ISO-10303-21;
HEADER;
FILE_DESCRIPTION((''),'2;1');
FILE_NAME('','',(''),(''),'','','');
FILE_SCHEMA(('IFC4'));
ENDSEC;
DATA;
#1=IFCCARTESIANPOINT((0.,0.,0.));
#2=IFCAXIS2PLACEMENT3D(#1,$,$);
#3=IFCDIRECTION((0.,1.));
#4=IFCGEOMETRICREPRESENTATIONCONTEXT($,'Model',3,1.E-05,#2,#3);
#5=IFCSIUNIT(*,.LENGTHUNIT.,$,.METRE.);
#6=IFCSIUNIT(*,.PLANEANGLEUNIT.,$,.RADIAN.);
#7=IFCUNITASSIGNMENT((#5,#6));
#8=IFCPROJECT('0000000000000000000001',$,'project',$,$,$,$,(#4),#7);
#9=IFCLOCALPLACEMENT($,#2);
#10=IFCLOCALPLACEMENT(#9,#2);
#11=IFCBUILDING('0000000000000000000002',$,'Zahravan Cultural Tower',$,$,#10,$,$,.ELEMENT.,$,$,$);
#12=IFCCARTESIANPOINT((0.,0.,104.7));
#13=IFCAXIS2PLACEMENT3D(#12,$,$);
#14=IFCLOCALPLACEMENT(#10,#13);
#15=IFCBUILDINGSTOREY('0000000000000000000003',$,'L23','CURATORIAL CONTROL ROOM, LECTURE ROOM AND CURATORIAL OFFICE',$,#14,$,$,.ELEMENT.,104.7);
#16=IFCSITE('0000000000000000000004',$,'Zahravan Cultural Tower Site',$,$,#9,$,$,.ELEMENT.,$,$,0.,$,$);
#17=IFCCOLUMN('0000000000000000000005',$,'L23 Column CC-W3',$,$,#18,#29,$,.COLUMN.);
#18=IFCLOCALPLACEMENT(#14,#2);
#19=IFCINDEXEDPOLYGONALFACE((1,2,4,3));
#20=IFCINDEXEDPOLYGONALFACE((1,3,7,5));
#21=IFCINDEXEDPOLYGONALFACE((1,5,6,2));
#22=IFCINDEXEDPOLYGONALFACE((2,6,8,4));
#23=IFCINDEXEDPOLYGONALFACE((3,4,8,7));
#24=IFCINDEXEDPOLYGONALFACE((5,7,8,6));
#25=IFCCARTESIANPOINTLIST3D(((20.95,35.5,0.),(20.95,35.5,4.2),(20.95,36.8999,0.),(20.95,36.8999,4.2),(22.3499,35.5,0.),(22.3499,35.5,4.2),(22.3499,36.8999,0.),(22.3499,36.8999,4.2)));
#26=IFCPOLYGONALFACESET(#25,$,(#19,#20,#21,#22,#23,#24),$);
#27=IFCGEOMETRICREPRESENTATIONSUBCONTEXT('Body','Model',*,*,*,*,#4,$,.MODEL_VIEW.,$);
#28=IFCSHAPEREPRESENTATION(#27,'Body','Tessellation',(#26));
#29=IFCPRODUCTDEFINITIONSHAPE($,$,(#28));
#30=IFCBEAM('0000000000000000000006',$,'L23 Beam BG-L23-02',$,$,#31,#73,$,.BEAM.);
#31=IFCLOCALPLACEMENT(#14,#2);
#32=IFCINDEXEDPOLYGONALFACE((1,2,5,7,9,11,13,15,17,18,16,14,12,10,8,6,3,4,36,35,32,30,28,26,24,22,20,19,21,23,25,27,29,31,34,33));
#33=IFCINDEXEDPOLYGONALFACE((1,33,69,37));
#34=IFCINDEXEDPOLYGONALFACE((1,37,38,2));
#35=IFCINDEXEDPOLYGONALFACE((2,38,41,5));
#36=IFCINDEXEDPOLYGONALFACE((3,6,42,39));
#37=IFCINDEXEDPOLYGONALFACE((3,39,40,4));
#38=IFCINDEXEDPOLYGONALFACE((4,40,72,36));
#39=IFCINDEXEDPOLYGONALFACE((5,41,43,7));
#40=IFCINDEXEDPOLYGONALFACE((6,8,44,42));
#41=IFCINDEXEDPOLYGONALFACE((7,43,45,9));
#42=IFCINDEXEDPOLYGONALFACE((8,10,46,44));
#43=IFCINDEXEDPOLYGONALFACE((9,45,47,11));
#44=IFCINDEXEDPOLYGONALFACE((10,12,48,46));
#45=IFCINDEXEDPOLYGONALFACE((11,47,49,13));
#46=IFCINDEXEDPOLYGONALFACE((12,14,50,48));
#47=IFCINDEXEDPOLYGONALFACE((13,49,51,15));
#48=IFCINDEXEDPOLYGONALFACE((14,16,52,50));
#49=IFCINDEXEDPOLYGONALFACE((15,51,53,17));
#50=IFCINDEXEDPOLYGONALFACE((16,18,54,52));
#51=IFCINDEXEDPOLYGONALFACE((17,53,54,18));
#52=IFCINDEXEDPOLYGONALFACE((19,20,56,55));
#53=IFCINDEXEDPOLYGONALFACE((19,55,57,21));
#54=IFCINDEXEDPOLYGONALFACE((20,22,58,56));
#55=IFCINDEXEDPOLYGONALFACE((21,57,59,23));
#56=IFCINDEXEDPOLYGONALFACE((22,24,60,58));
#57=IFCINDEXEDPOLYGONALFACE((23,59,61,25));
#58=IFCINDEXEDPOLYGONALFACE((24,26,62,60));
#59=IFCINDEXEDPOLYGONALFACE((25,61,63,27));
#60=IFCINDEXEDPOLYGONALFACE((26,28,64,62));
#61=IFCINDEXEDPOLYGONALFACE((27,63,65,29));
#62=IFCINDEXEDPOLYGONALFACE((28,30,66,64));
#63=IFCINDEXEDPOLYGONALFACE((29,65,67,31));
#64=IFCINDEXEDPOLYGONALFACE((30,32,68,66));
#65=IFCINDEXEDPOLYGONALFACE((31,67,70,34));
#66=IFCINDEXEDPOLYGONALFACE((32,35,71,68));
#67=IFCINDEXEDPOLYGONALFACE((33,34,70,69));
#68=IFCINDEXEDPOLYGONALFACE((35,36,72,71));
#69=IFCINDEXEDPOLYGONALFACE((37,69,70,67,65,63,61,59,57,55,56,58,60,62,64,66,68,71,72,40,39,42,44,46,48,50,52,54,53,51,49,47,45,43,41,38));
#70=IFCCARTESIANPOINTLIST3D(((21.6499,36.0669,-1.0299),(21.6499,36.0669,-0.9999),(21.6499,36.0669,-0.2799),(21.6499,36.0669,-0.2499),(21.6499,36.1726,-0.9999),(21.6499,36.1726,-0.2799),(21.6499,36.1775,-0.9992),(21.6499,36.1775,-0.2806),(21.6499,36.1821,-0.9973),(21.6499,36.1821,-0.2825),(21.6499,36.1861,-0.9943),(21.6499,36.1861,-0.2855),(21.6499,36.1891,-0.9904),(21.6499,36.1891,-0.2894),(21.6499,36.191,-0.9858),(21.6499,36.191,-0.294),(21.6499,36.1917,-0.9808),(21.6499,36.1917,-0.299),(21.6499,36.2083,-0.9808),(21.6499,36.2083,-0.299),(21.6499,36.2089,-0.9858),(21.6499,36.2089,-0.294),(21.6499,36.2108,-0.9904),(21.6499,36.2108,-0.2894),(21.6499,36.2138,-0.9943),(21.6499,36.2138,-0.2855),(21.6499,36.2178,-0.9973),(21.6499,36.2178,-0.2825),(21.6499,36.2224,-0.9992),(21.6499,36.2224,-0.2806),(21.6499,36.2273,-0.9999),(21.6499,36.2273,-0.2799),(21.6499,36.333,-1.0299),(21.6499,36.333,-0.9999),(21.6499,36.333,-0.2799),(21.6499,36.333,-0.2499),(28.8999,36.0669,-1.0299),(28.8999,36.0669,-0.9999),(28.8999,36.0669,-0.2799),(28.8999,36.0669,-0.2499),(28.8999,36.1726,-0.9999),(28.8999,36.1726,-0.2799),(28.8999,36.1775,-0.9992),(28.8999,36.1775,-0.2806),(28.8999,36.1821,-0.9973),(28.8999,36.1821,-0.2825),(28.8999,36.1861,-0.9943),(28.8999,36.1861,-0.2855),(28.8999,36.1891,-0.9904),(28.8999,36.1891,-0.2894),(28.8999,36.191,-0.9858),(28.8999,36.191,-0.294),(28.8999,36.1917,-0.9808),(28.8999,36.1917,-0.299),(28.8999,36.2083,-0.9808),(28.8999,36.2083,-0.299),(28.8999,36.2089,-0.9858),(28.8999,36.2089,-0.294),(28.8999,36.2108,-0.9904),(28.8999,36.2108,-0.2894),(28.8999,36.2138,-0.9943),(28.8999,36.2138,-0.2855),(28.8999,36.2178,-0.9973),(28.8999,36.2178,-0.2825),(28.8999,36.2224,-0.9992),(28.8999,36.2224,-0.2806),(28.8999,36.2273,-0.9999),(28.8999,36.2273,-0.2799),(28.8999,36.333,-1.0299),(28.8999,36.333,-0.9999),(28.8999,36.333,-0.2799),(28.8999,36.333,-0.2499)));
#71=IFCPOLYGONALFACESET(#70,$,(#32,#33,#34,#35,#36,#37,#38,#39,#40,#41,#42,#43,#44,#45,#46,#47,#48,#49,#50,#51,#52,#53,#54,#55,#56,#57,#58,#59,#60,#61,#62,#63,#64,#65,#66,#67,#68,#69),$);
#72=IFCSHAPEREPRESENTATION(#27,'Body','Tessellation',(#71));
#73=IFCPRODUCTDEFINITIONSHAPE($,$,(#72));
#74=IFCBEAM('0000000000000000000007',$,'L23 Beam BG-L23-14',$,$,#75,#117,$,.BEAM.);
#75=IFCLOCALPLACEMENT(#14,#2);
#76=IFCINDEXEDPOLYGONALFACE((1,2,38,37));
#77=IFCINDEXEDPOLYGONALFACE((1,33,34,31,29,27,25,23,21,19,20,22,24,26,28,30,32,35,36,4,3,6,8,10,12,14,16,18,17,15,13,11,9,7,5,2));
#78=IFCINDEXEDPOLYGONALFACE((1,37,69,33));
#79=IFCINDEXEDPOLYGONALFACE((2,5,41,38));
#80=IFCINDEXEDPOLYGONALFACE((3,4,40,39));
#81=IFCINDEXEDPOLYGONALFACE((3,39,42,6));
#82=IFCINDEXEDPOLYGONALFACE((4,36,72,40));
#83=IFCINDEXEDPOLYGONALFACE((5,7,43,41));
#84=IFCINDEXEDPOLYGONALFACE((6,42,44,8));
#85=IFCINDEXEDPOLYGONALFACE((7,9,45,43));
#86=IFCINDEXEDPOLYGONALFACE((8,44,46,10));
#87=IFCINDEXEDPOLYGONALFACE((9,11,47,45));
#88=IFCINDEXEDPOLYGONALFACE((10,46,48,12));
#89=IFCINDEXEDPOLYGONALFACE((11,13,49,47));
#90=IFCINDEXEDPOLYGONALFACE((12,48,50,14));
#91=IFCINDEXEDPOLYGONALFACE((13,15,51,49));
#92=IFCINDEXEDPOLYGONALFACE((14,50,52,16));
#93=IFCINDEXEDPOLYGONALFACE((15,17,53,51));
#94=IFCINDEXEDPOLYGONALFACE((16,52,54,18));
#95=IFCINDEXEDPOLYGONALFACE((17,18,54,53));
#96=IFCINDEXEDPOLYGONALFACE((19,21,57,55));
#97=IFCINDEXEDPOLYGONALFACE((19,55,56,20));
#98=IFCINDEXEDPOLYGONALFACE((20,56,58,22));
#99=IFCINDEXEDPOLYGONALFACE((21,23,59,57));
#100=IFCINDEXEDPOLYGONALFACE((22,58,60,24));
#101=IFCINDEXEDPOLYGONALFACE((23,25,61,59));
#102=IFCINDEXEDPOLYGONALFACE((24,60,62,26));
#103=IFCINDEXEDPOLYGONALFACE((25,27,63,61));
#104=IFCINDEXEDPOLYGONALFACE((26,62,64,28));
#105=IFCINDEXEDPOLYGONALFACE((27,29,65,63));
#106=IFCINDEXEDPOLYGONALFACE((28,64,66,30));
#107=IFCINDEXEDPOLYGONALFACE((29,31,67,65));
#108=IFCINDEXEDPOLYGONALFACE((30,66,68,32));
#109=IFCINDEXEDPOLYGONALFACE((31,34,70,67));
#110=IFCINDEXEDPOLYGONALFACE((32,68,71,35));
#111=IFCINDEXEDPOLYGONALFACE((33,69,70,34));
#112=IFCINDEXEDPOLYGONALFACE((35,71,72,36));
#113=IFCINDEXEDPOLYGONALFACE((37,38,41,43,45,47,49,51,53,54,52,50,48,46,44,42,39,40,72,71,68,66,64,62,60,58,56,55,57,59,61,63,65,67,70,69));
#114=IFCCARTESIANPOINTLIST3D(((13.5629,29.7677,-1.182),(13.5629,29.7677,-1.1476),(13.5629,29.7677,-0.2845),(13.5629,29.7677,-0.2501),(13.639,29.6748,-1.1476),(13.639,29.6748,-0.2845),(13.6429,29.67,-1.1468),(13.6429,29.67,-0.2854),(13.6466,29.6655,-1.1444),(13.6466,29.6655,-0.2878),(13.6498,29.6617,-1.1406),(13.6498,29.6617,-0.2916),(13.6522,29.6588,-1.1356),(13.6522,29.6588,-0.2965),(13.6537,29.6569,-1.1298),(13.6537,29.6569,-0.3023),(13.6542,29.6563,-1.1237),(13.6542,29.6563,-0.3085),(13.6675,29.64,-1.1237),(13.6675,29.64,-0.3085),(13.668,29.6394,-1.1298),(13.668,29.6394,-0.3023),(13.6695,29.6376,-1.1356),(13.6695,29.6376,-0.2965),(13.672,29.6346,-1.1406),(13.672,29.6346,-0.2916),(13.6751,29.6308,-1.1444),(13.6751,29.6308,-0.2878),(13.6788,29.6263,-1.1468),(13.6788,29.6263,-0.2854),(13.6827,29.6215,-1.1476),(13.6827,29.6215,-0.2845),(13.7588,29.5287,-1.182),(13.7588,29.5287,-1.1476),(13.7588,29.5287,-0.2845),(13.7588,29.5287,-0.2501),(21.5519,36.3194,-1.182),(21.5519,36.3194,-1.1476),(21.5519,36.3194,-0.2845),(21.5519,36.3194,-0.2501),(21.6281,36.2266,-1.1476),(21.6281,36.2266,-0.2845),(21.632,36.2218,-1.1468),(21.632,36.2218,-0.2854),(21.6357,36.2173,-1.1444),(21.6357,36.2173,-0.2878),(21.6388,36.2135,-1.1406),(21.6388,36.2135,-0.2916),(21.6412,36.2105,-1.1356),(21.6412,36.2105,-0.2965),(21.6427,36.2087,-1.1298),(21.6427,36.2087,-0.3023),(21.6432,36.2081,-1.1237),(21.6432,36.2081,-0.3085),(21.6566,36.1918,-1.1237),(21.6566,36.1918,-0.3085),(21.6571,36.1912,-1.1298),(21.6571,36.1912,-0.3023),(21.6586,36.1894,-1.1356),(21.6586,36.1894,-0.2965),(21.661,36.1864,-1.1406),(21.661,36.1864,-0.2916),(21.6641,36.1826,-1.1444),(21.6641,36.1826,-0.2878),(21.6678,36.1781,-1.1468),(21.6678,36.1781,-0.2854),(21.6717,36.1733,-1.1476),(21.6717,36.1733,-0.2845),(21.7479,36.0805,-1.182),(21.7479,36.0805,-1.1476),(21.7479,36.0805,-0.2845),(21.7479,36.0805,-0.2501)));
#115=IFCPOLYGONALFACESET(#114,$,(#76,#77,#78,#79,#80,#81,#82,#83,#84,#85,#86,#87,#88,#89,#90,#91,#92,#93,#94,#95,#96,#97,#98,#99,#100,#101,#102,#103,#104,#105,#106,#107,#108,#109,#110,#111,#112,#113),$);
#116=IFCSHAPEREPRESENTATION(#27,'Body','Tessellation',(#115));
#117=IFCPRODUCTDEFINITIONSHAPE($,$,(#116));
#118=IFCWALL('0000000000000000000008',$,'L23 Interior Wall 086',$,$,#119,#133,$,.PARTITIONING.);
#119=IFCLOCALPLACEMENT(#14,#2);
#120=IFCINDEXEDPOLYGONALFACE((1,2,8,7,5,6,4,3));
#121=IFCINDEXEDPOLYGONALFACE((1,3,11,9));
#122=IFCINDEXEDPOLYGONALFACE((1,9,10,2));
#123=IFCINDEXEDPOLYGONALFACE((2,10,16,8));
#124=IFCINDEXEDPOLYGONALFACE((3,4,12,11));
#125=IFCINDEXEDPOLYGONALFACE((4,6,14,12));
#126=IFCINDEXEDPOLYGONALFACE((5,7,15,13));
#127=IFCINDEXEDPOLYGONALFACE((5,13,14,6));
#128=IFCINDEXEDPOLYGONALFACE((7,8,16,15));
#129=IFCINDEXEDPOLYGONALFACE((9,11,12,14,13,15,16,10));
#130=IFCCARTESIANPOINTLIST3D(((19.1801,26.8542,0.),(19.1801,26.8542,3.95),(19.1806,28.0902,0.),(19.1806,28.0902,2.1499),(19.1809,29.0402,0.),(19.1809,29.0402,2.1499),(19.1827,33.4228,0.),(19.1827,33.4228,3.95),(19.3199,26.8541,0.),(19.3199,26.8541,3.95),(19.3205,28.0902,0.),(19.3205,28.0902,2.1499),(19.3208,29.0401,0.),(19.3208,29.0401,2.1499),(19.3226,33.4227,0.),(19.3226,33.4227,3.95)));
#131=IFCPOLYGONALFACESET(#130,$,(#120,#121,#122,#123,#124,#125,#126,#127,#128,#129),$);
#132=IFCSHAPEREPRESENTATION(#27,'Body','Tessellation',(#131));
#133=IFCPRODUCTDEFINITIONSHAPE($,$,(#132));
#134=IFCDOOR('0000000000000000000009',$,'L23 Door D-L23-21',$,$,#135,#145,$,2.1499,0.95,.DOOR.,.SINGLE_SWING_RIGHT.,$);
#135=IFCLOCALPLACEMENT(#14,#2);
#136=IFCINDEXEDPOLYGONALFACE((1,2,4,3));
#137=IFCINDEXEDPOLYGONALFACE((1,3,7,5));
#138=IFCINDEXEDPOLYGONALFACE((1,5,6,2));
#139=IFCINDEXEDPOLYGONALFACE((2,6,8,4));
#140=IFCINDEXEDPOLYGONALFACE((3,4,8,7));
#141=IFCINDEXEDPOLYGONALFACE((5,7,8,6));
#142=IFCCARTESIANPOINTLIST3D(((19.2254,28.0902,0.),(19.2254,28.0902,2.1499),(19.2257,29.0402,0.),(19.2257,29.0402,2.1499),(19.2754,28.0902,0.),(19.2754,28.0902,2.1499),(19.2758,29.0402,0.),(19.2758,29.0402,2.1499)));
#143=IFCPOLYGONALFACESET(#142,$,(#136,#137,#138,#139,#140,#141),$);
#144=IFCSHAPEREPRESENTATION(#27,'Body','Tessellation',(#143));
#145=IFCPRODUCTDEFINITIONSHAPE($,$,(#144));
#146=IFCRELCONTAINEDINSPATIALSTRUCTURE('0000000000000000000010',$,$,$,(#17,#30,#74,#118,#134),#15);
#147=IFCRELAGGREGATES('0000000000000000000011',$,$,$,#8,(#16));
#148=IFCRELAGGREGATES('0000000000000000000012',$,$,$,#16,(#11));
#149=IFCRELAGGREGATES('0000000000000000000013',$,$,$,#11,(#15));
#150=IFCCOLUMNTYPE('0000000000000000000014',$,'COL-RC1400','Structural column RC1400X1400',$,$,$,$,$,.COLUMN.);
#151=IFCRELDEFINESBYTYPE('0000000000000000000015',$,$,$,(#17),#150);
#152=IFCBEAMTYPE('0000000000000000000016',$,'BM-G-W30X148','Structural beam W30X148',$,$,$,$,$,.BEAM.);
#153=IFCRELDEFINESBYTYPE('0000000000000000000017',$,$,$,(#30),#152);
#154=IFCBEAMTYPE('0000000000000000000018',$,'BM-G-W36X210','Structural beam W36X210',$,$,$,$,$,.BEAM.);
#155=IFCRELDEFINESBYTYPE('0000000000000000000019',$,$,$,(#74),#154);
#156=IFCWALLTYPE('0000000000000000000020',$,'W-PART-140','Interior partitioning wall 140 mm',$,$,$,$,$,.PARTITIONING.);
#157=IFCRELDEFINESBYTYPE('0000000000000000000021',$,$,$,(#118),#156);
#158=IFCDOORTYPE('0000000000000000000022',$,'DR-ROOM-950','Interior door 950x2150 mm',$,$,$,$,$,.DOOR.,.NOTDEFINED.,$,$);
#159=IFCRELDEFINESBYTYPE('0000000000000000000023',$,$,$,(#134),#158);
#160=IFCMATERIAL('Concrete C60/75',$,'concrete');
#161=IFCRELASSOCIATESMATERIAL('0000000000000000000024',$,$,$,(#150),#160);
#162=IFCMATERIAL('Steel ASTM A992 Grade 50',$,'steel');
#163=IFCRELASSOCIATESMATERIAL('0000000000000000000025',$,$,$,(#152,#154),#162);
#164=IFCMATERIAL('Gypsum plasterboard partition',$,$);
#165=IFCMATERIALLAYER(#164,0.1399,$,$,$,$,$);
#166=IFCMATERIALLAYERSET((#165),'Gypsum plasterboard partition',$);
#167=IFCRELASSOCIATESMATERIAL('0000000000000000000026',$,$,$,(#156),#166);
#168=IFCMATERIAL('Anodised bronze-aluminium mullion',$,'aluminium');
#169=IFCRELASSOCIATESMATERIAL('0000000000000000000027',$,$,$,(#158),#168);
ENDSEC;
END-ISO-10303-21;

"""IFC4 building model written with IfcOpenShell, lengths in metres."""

from ifc_helpers import new_model, si_unit, direction, frame, frame_2d, origin, origin_2d, place, context, subcontext, project, spatial, rectangle, i_section, extrude, source, transform, mapped, material, layer, layer_set, material_profile, profile_set, type_object, element, fill, save


model = new_model("IFC4")

# Units and contexts
model_context = context("Model", 3, precision=1e-05, world=origin(), true_north=direction((0.0, 1.0)))
body_context = subcontext(model_context, "Body", "Model", "MODEL_VIEW")
ifc_project = project(units=[si_unit("LENGTHUNIT", "METRE"), si_unit("PLANEANGLEUNIT", "RADIAN")], contexts=[model_context])

# Site, building, storey
site_placement = place(None, origin())
site = spatial("IfcSite", under=ifc_project, at=site_placement, Name="Zahravan Cultural Tower Site", CompositionType="ELEMENT", RefElevation=0.0)
building_placement = place(site_placement, origin())
building = spatial("IfcBuilding", under=site, at=building_placement, Name="Zahravan Cultural Tower", CompositionType="ELEMENT")
storey_placement = place(building_placement, frame((0.0, 0.0, 104.7)))
storey = spatial("IfcBuildingStorey", under=building, at=storey_placement, Name="L23", Description="CURATORIAL CONTROL ROOM, LECTURE ROOM AND CURATORIAL OFFICE", CompositionType="ELEMENT", Elevation=104.7)

# Column
ifc_material_1 = material(Name="Concrete C60/75", Category="concrete")
ifc_material_profile_1 = material_profile(ifc_material_1, rectangle(XDim=1.3999, YDim=1.3999, at=origin_2d()), Name="RC1400X1400")
ifc_profile_set_1 = profile_set([ifc_material_profile_1], Name="Concrete C60/75")
column_type = type_object("IfcColumnType", Name="COL-RC1400", Description="Structural column RC1400X1400", PredefinedType="COLUMN", material=ifc_profile_set_1)
shared_shape_1 = source(origin(), body_context, "Body", "SweptSolid", [
    extrude(rectangle(XDim=1.3999, YDim=1.3999, at=origin_2d()), origin(), (0.0, 0.0, 1.0), 4.2),
])
column_placement = place(storey_placement, frame((21.6499, 36.2, 0.0), z_axis=(0.0, 0.0, 1.0), x_axis=(1.0, 0.0, 0.0)))
element("IfcColumn", 1, at=column_placement, inside=storey, type_object=column_type, Name="L23 Column CC-W3", PredefinedType="COLUMN", context=body_context, shape_type="MappedRepresentation", body=[
    mapped(shared_shape_1, transform((0.0, 0.0, 0.0), x_axis=(1.0, 0.0, 0.0), y_axis=(0.0, 1.0, 0.0), z_axis=(0.0, 0.0, 1.0), scale=1.0)),
])

# Beams
ifc_material_2 = material(Name="Steel ASTM A992 Grade 50", Category="steel")
ifc_material_profile_2 = material_profile(ifc_material_2, i_section(OverallWidth=0.2661, OverallDepth=0.78, WebThickness=0.0166, FlangeThickness=0.03, FilletRadius=0.019, at=origin_2d()), Name="W30X148")
ifc_profile_set_2 = profile_set([ifc_material_profile_2], Name="Steel ASTM A992 Grade 50")
beam_type_1 = type_object("IfcBeamType", Name="BM-G-W30X148", Description="Structural beam W30X148", PredefinedType="BEAM", material=ifc_profile_set_2)
shared_shape_2 = source(origin(), body_context, "Body", "SweptSolid", [
    extrude(i_section(OverallWidth=0.2661, OverallDepth=0.78, WebThickness=0.0166, FlangeThickness=0.03, FilletRadius=0.019, at=origin_2d()), origin(), (0.0, 0.0, 1.0), 7.25),
])
beam_1_placement = place(storey_placement, frame((21.6499, 36.2, -0.6399), z_axis=(1.0, 0.0, 0.0), x_axis=(0.0, 1.0, 0.0)))
element("IfcBeam", 2, at=beam_1_placement, inside=storey, type_object=beam_type_1, Name="L23 Beam BG-L23-02", PredefinedType="BEAM", context=body_context, shape_type="MappedRepresentation", body=[
    mapped(shared_shape_2, transform((0.0, 0.0, 0.0), x_axis=(1.0, 0.0, 0.0), y_axis=(0.0, 1.0, 0.0), z_axis=(0.0, 0.0, 1.0), scale=1.0)),
])
ifc_material_profile_3 = material_profile(ifc_material_2, i_section(OverallWidth=0.3091, OverallDepth=0.9319, WebThickness=0.021, FlangeThickness=0.0344, FilletRadius=0.0239, at=origin_2d()), Name="W36X210")
ifc_profile_set_3 = profile_set([ifc_material_profile_3], Name="Steel ASTM A992 Grade 50")
beam_type_2 = type_object("IfcBeamType", Name="BM-G-W36X210", Description="Structural beam W36X210", PredefinedType="BEAM", material=ifc_profile_set_3)
shared_shape_3 = source(origin(), body_context, "Body", "SweptSolid", [
    extrude(i_section(OverallWidth=0.3091, OverallDepth=0.9319, WebThickness=0.021, FlangeThickness=0.0344, FilletRadius=0.0239, at=origin_2d()), origin(), (0.0, 0.0, 1.0), 10.332),
])
beam_2_placement = place(storey_placement, frame((21.6499, 36.2, -0.7161), z_axis=(-0.773231, -0.634124, 0.0), x_axis=(0.634124, -0.773231, 0.0)))
element("IfcBeam", 3, at=beam_2_placement, inside=storey, type_object=beam_type_2, Name="L23 Beam BG-L23-14", PredefinedType="BEAM", context=body_context, shape_type="MappedRepresentation", body=[
    mapped(shared_shape_3, transform((0.0, 0.0, 0.0), x_axis=(1.0, 0.0, 0.0), y_axis=(0.0, 1.0, 0.0), z_axis=(0.0, 0.0, 1.0), scale=1.0)),
])

# Wall, opening, door
ifc_material_3 = material(Name="Gypsum plasterboard partition")
ifc_layer_1 = layer(ifc_material_3, 0.1399)
ifc_layer_set_1 = layer_set([ifc_layer_1], Name="Gypsum plasterboard partition")
wall_type_1 = type_object("IfcWallType", Name="W-PART-140", Description="Interior partitioning wall 140 mm", PredefinedType="PARTITIONING", material=ifc_layer_set_1)
wall_1_placement = place(storey_placement, frame((19.2527, 33.4226, 0.0), z_axis=(0.0, 0.0, 1.0), x_axis=(-0.000409, -1.0, 0.0)))
wall_1 = element("IfcWall", 4, at=wall_1_placement, inside=storey, type_object=wall_type_1, Name="L23 Interior Wall 086", PredefinedType="PARTITIONING", context=body_context, shape_type="SweptSolid", body=[
    extrude(rectangle(XDim=6.5686, YDim=0.1399, at=frame_2d((3.2842, 0.0))), origin(), (0.0, 0.0, 1.0), 3.95),
])
opening_1_placement = place(wall_1_placement, frame((4.3823, 0.0, 0.0)))
opening_1 = element("IfcOpeningElement", 5, at=opening_1_placement, cuts=wall_1, PredefinedType="OPENING", context=body_context, shape_type="SweptSolid", body=[
    extrude(rectangle(XDim=0.95, YDim=2.1499, at=frame_2d((0.4751, 1.075))), frame((0.0, 0.0798, 0.0), z_axis=(0.0, -1.0, 0.0), x_axis=(1.0, 0.0, 0.0)), (0.0, 0.0, 1.0), 0.1599),
])
ifc_material_4 = material(Name="Anodised bronze-aluminium mullion", Category="aluminium")
door_type_1 = type_object("IfcDoorType", Name="DR-ROOM-950", Description="Interior door 950x2150 mm", OperationType="NOTDEFINED", PredefinedType="DOOR", material=ifc_material_4)
shared_shape_4 = source(origin(), body_context, "Body", "SweptSolid", [
    extrude(rectangle(XDim=0.95, YDim=2.1499, at=frame_2d((0.4751, 1.075))), frame((0.0, 0.0249, 0.0), z_axis=(0.0, -1.0, 0.0), x_axis=(1.0, 0.0, 0.0)), (0.0, 0.0, 1.0), 0.05),
])
door_1_placement = place(opening_1_placement, origin())
door_1 = element("IfcDoor", 6, at=door_1_placement, inside=storey, type_object=door_type_1, Name="L23 Door D-L23-21", OperationType="SINGLE_SWING_RIGHT", OverallHeight=2.1499, OverallWidth=0.95, PredefinedType="DOOR", context=body_context, shape_type="MappedRepresentation", body=[
    mapped(shared_shape_4, transform((0.0, 0.0, 0.0), x_axis=(1.0, 0.0, 0.0), y_axis=(0.0, 1.0, 0.0), z_axis=(0.0, 0.0, 1.0), scale=1.0)),
])
fill(opening_1, door_1)

save(model, "model.ifc")
